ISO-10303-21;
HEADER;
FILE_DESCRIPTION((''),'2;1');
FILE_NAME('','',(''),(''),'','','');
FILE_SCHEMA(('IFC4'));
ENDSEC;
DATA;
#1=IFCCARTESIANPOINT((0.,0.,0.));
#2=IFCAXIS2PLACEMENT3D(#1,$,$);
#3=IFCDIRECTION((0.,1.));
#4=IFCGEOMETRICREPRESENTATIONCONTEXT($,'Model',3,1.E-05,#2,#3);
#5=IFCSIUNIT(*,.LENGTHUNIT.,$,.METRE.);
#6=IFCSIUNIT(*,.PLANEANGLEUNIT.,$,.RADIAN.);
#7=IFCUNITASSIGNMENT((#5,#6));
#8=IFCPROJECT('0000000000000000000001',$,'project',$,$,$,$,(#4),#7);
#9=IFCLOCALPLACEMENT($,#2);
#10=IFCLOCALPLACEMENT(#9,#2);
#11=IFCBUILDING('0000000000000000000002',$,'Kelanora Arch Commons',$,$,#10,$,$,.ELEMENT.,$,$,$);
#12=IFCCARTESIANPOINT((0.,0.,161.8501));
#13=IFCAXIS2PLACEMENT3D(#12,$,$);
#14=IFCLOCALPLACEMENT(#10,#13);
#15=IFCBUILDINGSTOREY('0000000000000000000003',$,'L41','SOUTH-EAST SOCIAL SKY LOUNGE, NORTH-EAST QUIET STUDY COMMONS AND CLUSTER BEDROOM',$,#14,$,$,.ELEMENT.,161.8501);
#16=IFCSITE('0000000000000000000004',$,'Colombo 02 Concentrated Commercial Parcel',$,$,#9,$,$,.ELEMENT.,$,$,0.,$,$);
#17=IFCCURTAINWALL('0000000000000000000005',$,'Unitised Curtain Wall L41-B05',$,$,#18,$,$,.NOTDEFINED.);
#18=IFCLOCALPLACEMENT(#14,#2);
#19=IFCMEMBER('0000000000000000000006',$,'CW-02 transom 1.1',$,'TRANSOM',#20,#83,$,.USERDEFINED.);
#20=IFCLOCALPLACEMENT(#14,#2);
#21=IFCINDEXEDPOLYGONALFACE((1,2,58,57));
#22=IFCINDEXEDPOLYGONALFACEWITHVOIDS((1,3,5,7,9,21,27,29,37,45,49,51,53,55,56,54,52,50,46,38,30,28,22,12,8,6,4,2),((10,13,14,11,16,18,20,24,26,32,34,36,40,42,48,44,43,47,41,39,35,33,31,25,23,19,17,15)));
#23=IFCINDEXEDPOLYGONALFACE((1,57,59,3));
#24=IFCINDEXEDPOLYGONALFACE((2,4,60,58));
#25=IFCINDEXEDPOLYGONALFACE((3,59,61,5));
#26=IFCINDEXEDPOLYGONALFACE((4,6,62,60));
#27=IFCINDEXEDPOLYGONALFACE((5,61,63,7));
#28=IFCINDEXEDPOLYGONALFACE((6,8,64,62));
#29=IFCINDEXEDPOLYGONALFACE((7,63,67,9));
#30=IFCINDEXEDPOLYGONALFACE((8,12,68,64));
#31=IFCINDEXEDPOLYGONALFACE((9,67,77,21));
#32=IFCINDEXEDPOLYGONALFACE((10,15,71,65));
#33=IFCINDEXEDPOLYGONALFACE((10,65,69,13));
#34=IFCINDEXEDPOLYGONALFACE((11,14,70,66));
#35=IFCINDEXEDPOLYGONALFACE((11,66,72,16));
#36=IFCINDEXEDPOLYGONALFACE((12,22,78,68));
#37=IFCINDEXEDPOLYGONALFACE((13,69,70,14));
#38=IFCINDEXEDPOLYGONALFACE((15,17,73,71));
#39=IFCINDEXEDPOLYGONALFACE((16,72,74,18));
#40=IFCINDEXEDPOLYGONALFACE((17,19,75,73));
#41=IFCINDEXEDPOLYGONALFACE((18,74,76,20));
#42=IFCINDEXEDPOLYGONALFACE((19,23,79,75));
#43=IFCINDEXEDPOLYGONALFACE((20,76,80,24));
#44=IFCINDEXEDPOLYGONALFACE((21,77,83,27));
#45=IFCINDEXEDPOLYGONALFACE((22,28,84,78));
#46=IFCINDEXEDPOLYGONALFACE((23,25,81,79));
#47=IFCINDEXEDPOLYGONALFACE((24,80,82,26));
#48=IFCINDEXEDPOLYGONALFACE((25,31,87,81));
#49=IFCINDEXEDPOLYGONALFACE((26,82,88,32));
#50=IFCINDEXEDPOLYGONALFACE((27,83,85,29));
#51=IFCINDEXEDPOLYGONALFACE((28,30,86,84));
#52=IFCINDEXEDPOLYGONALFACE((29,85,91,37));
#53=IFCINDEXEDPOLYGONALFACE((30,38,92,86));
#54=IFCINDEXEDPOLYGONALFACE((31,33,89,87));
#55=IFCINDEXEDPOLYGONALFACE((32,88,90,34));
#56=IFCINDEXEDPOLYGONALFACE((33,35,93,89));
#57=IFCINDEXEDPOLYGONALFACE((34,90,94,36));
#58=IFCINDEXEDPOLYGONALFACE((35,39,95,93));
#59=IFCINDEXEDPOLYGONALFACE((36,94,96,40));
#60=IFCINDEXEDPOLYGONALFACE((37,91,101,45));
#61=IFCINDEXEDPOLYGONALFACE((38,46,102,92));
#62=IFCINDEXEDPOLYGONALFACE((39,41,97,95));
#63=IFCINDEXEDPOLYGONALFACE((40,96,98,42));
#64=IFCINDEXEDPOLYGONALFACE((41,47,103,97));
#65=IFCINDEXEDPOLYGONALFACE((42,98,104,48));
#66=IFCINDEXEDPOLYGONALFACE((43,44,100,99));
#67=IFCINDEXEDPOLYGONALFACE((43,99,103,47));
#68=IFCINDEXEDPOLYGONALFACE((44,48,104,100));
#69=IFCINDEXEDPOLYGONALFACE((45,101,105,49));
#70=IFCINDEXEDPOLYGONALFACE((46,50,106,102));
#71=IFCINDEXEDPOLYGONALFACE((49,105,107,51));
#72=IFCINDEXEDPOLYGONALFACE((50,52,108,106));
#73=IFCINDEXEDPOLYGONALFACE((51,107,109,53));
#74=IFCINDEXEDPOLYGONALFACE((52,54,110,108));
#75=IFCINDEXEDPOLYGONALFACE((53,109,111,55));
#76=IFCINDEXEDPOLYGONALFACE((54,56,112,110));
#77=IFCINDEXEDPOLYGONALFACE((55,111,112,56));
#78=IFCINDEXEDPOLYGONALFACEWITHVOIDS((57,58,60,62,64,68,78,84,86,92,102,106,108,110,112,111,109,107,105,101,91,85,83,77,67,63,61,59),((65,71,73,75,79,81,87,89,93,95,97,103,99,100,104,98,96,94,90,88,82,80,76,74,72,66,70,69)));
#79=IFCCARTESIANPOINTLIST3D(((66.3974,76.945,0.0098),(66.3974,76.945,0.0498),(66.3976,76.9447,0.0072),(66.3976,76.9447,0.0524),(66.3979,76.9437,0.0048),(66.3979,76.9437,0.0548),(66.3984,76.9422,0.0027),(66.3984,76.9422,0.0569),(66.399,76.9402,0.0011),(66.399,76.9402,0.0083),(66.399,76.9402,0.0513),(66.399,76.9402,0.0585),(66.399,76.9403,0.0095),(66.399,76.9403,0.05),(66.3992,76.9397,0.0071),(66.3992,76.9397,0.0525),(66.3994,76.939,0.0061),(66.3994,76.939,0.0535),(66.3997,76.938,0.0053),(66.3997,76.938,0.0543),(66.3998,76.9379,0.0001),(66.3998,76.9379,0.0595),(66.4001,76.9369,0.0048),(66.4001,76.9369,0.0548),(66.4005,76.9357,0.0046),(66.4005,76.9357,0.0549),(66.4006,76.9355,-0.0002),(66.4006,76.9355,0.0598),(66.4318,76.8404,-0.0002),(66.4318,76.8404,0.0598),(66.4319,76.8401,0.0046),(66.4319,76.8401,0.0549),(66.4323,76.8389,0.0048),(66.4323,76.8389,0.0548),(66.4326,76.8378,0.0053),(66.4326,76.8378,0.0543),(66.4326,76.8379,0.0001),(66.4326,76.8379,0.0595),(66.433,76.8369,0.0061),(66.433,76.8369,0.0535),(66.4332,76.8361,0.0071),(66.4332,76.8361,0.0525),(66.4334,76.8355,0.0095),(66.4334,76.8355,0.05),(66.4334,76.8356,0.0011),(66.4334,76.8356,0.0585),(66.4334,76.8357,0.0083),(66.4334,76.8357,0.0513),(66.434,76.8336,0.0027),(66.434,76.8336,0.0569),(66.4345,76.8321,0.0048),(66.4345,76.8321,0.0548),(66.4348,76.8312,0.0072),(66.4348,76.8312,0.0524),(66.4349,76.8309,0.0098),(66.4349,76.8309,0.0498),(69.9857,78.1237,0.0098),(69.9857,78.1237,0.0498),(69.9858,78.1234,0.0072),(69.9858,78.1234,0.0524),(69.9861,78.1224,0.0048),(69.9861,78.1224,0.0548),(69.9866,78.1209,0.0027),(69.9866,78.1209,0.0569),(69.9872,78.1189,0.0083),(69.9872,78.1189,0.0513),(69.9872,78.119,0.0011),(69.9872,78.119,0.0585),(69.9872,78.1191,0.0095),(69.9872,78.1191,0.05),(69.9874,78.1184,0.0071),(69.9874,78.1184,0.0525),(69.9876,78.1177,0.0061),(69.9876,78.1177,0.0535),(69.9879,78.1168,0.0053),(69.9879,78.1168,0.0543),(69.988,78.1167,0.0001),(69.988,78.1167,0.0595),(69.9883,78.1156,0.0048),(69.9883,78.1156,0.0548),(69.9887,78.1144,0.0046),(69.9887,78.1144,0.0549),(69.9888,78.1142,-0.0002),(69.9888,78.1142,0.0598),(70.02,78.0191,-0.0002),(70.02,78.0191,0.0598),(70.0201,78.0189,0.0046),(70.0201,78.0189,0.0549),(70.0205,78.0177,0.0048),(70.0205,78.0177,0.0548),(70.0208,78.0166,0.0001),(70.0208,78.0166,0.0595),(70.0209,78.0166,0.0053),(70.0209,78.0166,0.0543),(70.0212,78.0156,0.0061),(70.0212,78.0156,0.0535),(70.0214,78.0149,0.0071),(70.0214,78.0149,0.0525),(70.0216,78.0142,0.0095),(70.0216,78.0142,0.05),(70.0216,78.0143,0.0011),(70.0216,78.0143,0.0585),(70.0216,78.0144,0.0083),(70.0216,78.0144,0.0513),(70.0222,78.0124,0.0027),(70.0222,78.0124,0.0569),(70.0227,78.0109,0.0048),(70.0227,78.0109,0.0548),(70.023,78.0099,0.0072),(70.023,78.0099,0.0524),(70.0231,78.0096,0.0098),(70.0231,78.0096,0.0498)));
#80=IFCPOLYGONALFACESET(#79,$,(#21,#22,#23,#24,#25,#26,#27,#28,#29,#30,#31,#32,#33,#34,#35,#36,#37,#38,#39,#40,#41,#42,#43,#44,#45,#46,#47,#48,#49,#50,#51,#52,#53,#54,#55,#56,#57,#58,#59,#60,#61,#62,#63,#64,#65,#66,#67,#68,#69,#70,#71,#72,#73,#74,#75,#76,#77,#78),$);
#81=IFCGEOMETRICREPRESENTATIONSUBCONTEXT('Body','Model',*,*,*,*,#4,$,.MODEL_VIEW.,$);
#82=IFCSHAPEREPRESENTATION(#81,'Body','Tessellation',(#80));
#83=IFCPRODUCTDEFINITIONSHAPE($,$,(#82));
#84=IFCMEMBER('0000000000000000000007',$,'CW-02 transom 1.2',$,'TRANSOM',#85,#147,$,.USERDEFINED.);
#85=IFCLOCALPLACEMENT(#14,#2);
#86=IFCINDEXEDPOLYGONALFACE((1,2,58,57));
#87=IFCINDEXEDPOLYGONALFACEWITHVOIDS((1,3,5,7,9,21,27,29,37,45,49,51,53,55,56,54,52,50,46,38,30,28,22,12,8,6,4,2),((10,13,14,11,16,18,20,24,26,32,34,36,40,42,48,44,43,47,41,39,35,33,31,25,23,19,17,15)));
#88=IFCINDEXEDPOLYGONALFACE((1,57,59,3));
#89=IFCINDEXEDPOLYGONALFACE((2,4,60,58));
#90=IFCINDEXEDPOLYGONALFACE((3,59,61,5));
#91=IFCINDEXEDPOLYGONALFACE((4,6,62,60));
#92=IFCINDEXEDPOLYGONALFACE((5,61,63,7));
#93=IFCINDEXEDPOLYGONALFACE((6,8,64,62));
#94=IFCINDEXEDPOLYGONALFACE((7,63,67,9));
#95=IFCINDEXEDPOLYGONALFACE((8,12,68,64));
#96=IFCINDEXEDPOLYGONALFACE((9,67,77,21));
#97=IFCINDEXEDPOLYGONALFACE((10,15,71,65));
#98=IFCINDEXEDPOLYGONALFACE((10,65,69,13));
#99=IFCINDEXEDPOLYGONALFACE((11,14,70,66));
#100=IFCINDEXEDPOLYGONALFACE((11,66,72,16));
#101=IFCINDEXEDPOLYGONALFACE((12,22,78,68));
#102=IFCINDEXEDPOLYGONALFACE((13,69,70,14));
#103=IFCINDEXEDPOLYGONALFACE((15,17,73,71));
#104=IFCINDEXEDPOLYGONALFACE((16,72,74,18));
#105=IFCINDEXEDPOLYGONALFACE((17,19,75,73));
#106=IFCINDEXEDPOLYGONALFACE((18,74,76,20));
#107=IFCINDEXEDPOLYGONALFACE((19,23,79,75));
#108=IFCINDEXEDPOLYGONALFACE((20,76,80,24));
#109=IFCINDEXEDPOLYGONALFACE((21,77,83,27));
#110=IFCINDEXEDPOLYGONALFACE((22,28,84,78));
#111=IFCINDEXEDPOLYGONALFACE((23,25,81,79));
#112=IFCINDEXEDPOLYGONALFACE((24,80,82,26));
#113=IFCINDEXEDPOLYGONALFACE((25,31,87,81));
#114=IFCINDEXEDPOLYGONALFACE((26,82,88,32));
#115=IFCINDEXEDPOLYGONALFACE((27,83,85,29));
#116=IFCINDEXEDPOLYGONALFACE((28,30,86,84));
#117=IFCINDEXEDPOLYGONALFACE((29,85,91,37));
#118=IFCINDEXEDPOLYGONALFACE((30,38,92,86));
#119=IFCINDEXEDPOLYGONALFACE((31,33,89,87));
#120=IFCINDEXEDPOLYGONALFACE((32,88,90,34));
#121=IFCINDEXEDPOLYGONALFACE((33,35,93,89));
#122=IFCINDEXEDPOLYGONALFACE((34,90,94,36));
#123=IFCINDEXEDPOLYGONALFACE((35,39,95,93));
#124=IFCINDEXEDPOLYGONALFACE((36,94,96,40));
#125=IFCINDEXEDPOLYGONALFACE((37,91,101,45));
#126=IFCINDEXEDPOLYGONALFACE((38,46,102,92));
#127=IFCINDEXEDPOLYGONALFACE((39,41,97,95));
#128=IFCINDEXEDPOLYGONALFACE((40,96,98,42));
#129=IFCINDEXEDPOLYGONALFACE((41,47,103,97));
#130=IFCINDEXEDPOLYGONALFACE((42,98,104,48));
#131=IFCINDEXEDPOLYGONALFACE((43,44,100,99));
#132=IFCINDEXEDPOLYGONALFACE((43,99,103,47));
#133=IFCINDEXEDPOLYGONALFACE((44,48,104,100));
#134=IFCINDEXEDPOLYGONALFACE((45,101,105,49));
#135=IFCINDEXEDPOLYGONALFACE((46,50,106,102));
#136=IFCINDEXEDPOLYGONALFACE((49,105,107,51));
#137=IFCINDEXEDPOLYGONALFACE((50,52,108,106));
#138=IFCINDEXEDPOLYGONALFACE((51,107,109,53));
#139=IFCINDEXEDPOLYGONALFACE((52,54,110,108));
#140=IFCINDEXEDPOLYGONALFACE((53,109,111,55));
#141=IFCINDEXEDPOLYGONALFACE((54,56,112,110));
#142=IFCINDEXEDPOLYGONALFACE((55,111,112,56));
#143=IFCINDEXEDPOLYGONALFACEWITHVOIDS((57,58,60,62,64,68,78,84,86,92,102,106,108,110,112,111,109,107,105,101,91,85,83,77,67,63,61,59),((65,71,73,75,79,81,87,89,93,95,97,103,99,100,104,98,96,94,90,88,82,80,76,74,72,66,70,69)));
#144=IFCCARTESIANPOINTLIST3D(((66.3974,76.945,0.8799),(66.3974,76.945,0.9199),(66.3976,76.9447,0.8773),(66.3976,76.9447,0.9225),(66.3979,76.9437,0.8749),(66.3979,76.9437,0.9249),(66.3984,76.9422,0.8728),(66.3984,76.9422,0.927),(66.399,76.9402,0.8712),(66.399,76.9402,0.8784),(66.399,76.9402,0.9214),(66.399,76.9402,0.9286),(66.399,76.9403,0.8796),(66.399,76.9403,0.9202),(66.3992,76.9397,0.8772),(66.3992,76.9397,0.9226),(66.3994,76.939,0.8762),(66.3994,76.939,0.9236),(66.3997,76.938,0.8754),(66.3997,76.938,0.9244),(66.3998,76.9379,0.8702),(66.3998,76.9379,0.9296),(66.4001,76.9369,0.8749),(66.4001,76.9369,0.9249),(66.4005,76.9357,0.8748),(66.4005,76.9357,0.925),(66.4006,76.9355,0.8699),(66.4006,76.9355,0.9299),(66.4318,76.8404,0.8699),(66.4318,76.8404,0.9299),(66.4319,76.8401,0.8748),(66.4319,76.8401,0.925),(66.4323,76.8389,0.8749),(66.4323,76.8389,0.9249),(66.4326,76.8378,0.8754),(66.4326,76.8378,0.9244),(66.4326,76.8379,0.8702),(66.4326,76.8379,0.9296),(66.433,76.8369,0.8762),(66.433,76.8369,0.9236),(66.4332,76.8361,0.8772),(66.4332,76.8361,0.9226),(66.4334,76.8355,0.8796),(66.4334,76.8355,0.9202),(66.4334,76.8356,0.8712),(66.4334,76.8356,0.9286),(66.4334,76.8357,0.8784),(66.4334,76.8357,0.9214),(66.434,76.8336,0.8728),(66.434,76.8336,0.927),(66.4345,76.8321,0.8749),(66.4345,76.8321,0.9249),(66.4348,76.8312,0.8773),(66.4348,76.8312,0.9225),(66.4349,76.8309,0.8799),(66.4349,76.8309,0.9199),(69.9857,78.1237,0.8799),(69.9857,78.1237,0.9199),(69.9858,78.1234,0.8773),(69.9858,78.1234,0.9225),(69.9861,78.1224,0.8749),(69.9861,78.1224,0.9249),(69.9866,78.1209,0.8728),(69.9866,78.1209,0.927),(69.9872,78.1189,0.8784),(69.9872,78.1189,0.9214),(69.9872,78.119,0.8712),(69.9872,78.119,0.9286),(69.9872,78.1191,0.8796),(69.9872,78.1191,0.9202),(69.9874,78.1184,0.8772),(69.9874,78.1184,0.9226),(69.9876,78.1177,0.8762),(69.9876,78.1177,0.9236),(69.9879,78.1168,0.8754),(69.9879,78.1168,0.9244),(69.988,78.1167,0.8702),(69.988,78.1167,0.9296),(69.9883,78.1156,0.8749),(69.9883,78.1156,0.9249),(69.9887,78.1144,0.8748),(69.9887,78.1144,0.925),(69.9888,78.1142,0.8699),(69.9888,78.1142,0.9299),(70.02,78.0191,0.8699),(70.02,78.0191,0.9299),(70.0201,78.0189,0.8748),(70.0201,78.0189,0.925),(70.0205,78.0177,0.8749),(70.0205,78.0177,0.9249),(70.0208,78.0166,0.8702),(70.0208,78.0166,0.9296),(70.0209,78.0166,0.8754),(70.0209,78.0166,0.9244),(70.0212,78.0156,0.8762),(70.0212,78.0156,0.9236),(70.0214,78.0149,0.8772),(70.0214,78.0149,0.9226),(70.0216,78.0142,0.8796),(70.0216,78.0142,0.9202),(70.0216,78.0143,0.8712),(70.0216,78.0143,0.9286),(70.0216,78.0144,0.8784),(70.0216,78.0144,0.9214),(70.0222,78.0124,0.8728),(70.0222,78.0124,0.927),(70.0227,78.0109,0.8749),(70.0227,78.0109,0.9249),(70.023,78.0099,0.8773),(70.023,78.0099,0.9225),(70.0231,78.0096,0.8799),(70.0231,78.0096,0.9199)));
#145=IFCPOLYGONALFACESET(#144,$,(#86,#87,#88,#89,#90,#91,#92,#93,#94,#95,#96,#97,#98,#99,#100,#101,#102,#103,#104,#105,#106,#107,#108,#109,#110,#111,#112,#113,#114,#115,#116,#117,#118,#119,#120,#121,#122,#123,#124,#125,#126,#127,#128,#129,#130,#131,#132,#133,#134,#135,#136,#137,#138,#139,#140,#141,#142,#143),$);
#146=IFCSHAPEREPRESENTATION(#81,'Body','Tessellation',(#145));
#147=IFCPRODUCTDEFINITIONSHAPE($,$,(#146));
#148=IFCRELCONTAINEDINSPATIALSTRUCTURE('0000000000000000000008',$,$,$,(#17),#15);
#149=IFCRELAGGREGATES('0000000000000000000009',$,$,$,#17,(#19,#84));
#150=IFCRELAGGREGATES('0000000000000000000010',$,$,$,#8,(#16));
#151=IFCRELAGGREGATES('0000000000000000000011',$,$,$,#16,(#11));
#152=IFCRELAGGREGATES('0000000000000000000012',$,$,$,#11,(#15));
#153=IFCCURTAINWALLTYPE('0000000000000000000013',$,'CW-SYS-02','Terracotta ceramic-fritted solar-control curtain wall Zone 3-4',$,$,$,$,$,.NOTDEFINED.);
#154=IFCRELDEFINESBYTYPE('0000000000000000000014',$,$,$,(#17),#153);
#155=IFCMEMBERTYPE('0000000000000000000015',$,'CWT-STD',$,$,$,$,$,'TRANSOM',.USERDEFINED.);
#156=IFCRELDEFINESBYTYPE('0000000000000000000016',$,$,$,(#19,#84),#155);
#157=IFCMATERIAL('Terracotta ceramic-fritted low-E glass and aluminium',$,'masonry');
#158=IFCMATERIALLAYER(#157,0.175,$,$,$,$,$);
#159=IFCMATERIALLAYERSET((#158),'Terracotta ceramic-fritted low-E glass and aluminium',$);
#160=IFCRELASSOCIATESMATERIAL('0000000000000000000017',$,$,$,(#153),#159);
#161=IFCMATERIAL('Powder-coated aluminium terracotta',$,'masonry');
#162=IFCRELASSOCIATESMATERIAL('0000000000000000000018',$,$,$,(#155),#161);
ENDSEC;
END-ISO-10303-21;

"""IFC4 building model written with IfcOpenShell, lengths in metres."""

from ifc_helpers import new_model, si_unit, direction, frame, origin, origin_2d, place, context, subcontext, project, spatial, hollow_rectangle, extrude, material, layer, layer_set, material_profile, profile_set, type_object, element, aggregate, save


model = new_model("IFC4")

# Units and contexts
model_context = context("Model", 3, precision=1e-05, world=origin(), true_north=direction((0.0, 1.0)))
body_context = subcontext(model_context, "Body", "Model", "MODEL_VIEW")
ifc_project = project(units=[si_unit("LENGTHUNIT", "METRE"), si_unit("PLANEANGLEUNIT", "RADIAN")], contexts=[model_context])

# Site, building, storey
site_placement = place(None, origin())
site = spatial("IfcSite", under=ifc_project, at=site_placement, Name="Colombo 02 Concentrated Commercial Parcel", CompositionType="ELEMENT", RefElevation=0.0)
building_placement = place(site_placement, origin())
building = spatial("IfcBuilding", under=site, at=building_placement, Name="Kelanora Arch Commons", CompositionType="ELEMENT")
storey_placement = place(building_placement, frame((0.0, 0.0, 161.8501)))
storey = spatial("IfcBuildingStorey", under=building, at=storey_placement, Name="L41", Description="SOUTH-EAST SOCIAL SKY LOUNGE, NORTH-EAST QUIET STUDY COMMONS AND CLUSTER BEDROOM", CompositionType="ELEMENT", Elevation=161.8501)

# Curtain wall, members
ifc_material_1 = material(Name="Terracotta ceramic-fritted low-E glass and aluminium", Category="masonry")
ifc_layer_1 = layer(ifc_material_1, 0.175)
ifc_layer_set_1 = layer_set([ifc_layer_1], Name="Terracotta ceramic-fritted low-E glass and aluminium")
curtain_wall_type = type_object("IfcCurtainWallType", Name="CW-SYS-02", Description="Terracotta ceramic-fritted solar-control curtain wall Zone 3-4", PredefinedType="NOTDEFINED", material=ifc_layer_set_1)
curtain_wall_placement = place(storey_placement, origin())
curtain_wall = element("IfcCurtainWall", 1, at=curtain_wall_placement, inside=storey, type_object=curtain_wall_type, Name="Unitised Curtain Wall L41-B05", PredefinedType="NOTDEFINED")
ifc_material_2 = material(Name="Powder-coated aluminium terracotta", Category="masonry")
ifc_material_profile_1 = material_profile(ifc_material_2, hollow_rectangle(XDim=0.1201, YDim=0.0601, WallThickness=0.0049, InnerFilletRadius=0.0049, OuterFilletRadius=0.01, at=origin_2d()), Name="CWT120x60")
ifc_profile_set_1 = profile_set([ifc_material_profile_1], Name="Powder-coated aluminium terracotta")
member_type_1 = type_object("IfcMemberType", Name="CWT-STD", ElementType="TRANSOM", PredefinedType="USERDEFINED", material=ifc_profile_set_1)
member_1_placement = place(storey_placement, frame((70.0044, 78.0667, 0.0298), z_axis=(-0.950051, -0.312094, 0.0), x_axis=(0.312094, -0.950051, 0.0)))
member_1 = element("IfcMember", 2, at=member_1_placement, type_object=member_type_1, Name="CW-02 transom 1.1", ObjectType="TRANSOM", PredefinedType="USERDEFINED", context=body_context, shape_type="SweptSolid", body=[
    extrude(hollow_rectangle(XDim=0.1201, YDim=0.0601, WallThickness=0.0049, InnerFilletRadius=0.0049, OuterFilletRadius=0.01, at=origin_2d()), origin(), (0.0, 0.0, 1.0), 3.7769),
])
member_2_placement = place(storey_placement, frame((70.0044, 78.0667, 0.8999), z_axis=(-0.950051, -0.312094, 0.0), x_axis=(0.312094, -0.950051, 0.0)))
member_2 = element("IfcMember", 3, at=member_2_placement, type_object=member_type_1, Name="CW-02 transom 1.2", ObjectType="TRANSOM", PredefinedType="USERDEFINED", context=body_context, shape_type="SweptSolid", body=[
    extrude(hollow_rectangle(XDim=0.1201, YDim=0.0601, WallThickness=0.0049, InnerFilletRadius=0.0049, OuterFilletRadius=0.01, at=origin_2d()), origin(), (0.0, 0.0, 1.0), 3.7769),
])
aggregate(curtain_wall, [member_1, member_2])

save(model, "model.ifc")
